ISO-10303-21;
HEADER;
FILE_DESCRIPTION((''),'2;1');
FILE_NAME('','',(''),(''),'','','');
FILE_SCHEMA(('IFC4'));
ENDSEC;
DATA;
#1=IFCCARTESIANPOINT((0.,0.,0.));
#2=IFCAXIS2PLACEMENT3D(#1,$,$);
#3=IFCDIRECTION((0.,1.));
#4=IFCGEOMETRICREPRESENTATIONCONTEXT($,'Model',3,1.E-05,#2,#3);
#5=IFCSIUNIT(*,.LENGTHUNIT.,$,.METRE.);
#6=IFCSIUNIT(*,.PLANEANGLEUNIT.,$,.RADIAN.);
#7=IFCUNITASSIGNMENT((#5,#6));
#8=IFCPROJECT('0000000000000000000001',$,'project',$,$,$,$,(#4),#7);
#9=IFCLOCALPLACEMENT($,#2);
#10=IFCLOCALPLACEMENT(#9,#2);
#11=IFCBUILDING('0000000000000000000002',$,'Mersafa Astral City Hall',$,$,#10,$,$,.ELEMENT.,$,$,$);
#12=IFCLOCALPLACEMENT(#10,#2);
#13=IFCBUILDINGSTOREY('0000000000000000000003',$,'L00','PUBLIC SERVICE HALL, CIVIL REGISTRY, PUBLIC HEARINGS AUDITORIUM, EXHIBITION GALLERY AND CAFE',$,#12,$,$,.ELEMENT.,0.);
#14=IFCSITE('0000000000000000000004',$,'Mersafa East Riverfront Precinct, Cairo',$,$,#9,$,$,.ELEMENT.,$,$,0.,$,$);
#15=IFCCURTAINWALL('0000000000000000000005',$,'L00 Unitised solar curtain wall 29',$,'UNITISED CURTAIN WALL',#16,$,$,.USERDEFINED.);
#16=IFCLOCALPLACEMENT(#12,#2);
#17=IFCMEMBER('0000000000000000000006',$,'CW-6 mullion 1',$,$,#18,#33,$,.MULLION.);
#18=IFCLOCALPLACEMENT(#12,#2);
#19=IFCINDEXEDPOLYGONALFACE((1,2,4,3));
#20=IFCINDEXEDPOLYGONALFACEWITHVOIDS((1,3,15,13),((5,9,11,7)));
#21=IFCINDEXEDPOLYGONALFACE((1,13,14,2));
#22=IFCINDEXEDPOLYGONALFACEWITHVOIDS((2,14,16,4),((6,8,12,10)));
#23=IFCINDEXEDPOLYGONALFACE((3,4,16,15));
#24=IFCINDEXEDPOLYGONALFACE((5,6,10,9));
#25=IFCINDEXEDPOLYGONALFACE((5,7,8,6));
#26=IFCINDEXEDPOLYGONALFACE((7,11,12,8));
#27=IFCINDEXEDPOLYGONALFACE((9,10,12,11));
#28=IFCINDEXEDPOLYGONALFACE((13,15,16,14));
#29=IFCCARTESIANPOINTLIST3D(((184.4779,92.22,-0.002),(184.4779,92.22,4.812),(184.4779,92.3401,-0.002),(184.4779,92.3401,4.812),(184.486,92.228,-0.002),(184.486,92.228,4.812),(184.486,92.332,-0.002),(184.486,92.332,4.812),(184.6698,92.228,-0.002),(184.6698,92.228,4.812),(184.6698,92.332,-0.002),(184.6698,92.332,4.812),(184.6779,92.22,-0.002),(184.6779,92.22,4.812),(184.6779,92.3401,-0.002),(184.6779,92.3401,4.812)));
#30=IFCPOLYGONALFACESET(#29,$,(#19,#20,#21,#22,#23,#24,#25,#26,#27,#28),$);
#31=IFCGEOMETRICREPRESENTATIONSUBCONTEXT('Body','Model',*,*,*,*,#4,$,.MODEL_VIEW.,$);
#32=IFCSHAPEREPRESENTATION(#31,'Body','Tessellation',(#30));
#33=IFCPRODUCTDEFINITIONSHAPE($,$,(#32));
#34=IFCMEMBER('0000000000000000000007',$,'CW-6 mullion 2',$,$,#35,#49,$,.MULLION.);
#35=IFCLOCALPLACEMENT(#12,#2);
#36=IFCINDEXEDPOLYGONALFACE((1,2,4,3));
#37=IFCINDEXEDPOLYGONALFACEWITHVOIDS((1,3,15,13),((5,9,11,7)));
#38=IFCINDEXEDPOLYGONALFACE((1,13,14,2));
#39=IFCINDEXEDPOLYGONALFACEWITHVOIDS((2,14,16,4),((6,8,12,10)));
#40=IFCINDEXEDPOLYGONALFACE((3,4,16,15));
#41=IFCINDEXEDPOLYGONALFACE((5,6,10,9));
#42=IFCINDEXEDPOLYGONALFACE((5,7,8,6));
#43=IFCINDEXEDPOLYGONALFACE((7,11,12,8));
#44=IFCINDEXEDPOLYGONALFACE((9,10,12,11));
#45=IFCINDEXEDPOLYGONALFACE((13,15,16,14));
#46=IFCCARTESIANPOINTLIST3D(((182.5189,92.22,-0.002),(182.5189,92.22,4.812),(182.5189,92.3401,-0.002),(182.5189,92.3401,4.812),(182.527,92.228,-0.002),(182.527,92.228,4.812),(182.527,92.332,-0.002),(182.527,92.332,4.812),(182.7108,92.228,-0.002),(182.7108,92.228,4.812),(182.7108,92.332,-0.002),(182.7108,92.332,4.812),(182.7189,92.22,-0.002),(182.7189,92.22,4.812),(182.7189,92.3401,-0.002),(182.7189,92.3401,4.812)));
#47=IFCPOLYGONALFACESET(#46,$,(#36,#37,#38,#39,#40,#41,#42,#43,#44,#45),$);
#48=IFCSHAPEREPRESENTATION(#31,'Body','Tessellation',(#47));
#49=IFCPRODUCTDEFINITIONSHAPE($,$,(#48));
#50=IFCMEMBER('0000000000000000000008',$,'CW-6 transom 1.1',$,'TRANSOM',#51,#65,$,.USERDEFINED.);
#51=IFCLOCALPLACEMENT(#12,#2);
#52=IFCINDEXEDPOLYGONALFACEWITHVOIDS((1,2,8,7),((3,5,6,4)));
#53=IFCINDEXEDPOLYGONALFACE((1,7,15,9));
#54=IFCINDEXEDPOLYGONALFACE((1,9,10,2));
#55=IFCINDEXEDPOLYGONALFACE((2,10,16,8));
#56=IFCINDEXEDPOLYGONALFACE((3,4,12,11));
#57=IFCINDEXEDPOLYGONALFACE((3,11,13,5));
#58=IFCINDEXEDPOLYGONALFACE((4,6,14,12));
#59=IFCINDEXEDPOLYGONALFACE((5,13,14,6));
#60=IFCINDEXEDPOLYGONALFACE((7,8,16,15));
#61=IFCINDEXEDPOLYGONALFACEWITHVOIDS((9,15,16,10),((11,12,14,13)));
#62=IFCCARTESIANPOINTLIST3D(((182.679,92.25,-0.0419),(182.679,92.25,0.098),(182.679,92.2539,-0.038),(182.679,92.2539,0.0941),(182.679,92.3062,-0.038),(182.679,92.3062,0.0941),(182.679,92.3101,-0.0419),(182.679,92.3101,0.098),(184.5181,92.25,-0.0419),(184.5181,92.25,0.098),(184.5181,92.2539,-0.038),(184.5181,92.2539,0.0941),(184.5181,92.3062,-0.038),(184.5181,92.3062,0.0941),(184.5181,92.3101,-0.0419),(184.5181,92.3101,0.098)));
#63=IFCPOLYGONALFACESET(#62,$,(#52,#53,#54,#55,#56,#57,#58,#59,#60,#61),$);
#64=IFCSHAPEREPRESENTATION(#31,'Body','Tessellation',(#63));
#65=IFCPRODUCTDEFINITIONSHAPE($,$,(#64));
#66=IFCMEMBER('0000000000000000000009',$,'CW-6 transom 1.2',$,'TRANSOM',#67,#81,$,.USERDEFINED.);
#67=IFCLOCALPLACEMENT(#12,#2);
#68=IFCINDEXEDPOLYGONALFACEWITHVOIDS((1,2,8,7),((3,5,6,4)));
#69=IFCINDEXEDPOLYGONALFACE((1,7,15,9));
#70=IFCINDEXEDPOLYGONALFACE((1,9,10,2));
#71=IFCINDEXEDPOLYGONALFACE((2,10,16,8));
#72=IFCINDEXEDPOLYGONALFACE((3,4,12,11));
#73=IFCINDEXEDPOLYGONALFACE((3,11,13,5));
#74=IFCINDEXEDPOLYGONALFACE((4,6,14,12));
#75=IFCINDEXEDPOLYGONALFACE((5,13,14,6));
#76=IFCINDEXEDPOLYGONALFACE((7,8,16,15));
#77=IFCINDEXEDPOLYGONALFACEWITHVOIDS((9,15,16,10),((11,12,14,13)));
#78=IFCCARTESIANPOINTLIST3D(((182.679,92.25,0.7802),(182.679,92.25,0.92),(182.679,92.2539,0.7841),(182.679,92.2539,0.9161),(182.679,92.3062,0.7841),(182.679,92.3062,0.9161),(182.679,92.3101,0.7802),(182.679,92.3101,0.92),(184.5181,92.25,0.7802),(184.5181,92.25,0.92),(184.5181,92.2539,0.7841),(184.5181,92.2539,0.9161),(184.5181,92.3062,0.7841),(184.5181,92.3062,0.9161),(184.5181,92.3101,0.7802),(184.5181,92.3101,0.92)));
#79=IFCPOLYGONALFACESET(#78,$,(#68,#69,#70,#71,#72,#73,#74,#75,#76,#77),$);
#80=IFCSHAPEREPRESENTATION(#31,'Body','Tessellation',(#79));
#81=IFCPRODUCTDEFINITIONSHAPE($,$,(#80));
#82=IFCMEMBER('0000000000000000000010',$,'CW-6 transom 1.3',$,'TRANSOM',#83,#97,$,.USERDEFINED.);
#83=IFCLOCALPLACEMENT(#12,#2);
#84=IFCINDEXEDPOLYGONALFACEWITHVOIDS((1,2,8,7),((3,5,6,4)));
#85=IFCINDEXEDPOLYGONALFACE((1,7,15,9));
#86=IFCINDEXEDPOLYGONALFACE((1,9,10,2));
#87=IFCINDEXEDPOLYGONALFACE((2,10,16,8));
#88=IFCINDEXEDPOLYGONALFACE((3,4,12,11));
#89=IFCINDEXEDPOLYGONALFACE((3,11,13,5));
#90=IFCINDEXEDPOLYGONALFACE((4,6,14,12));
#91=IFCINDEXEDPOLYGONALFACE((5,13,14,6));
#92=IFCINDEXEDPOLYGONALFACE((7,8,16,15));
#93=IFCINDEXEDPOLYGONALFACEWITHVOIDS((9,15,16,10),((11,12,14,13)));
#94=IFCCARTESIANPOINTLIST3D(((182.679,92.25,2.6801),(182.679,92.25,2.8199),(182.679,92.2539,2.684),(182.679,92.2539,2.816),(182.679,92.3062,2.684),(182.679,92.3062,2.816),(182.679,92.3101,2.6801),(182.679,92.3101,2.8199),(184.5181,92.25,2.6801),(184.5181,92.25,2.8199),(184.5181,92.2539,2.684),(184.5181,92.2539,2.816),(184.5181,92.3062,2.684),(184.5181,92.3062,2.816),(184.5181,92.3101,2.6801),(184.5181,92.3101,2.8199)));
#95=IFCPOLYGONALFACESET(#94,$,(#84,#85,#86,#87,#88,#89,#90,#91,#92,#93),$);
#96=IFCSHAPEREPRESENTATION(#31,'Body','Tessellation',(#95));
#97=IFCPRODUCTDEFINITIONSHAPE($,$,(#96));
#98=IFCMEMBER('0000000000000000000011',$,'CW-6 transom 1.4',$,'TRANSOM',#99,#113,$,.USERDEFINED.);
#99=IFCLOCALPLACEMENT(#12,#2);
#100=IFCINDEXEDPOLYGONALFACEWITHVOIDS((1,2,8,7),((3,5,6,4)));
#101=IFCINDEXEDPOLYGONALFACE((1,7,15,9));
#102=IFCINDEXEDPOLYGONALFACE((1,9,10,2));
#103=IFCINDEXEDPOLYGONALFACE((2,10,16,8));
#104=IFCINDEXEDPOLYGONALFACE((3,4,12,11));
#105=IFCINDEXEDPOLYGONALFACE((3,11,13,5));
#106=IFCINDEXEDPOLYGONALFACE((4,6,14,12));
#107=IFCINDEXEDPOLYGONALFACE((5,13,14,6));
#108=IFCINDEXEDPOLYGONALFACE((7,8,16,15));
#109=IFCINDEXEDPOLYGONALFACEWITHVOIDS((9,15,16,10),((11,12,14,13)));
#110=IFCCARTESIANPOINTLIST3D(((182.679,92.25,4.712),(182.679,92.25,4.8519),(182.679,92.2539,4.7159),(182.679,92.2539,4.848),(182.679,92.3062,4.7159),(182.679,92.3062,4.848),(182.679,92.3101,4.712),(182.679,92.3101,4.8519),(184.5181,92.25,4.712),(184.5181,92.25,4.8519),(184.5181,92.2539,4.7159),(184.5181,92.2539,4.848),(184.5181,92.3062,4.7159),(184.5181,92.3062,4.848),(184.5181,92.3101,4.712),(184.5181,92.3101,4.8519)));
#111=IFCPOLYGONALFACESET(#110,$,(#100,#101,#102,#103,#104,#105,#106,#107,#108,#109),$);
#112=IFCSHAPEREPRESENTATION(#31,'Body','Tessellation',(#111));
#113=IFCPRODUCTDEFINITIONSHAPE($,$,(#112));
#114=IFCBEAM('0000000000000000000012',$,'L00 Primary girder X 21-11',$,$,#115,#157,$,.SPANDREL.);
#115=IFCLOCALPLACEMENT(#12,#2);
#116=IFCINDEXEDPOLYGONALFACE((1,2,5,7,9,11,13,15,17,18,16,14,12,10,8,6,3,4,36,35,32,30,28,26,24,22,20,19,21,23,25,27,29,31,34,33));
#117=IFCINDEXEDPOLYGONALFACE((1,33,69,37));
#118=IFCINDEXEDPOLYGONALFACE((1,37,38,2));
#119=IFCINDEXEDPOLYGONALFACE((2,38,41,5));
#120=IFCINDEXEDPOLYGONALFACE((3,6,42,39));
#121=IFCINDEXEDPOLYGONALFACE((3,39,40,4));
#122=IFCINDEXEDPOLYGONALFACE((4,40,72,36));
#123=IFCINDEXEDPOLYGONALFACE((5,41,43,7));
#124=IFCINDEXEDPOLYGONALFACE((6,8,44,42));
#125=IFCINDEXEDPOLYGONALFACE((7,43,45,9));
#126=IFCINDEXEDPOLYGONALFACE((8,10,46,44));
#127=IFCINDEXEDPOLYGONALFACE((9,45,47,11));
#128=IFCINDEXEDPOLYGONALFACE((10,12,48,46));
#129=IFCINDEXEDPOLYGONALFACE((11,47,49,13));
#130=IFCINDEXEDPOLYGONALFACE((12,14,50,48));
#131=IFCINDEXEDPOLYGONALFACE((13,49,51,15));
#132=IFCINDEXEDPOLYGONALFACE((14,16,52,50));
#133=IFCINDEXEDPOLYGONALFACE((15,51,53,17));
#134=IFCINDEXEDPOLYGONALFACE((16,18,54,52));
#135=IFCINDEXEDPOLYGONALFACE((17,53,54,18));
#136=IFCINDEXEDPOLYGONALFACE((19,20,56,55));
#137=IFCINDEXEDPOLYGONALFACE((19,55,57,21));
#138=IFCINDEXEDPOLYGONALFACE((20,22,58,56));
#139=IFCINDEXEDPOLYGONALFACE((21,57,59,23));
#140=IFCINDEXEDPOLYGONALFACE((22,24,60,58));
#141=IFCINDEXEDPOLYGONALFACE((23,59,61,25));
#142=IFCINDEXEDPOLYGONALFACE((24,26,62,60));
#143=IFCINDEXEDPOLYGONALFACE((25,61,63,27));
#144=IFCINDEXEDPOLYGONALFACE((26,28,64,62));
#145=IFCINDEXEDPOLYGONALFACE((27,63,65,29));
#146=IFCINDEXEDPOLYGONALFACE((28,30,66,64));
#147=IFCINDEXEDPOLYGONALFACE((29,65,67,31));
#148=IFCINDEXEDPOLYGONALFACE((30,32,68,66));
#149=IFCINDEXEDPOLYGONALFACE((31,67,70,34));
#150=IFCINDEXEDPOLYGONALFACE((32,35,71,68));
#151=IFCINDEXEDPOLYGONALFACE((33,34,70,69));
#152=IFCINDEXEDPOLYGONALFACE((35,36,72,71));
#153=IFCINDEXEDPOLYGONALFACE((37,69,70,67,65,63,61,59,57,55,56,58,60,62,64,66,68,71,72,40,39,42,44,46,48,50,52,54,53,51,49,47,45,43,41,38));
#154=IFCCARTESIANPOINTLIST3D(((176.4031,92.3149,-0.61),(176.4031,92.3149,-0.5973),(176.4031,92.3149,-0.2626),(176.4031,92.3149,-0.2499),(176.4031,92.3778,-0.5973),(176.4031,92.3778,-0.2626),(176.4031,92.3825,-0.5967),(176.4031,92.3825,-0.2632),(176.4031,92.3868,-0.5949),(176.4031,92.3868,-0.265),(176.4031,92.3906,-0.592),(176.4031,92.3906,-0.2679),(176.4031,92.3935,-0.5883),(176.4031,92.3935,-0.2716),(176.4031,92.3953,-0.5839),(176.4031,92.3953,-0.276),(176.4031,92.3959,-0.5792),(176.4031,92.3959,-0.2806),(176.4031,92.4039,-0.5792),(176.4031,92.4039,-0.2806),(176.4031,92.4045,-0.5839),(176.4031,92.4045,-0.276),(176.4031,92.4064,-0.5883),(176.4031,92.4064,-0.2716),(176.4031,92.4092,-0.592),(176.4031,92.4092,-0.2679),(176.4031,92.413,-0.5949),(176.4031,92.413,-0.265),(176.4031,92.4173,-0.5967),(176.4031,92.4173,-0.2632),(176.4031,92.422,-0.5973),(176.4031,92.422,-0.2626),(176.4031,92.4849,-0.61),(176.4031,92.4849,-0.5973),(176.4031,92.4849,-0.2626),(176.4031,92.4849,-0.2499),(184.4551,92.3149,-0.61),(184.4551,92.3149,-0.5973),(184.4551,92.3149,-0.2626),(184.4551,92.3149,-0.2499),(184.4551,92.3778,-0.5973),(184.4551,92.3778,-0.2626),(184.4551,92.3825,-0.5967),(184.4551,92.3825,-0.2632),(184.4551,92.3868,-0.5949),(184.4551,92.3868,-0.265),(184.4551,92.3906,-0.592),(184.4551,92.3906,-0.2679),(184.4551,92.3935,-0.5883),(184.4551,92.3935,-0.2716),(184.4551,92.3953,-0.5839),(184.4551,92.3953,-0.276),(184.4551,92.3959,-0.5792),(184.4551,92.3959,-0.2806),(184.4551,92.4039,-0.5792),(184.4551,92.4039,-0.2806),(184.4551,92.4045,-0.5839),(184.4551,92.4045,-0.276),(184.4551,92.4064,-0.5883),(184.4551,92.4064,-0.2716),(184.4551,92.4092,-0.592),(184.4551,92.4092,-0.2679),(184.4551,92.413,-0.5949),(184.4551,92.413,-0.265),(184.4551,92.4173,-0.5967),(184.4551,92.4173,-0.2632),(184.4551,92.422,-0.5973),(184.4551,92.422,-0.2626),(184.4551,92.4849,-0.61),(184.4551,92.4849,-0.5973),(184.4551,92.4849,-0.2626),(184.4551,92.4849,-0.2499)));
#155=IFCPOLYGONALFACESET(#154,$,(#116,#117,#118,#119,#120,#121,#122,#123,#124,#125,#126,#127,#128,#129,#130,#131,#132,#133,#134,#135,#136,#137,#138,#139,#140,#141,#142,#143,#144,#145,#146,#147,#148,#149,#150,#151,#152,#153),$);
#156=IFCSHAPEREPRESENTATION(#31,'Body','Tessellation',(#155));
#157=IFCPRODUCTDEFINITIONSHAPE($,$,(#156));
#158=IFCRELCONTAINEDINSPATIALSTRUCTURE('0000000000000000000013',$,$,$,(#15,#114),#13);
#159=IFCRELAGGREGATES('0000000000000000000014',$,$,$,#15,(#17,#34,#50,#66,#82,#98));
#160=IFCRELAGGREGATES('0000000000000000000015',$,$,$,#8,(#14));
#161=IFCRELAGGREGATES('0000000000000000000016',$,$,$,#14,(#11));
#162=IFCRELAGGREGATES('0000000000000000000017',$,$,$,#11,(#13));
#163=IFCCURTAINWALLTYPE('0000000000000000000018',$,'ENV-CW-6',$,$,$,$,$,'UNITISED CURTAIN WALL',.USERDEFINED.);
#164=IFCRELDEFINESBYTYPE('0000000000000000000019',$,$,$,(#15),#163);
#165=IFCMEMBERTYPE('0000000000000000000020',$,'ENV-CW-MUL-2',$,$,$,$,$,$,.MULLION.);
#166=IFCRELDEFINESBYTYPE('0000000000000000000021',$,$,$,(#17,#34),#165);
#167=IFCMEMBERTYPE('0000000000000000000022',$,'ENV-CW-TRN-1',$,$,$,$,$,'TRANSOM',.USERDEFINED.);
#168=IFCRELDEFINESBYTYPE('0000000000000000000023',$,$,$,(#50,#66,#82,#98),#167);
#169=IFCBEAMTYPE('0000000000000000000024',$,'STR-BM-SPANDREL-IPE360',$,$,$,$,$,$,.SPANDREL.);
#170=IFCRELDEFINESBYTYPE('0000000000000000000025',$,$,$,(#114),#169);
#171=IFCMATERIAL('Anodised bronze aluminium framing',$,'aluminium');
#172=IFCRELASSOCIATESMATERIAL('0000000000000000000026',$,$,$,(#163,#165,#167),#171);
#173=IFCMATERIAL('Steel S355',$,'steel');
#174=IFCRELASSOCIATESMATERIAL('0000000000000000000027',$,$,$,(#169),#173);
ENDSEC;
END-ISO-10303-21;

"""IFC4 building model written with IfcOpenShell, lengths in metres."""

from ifc_helpers import new_model, si_unit, direction, frame, origin, origin_2d, place, context, subcontext, project, spatial, hollow_rectangle, i_section, extrude, material, material_profile, profile_set, type_object, element, aggregate, save


model = new_model("IFC4")

# Units and contexts
model_context = context("Model", 3, precision=1e-05, world=origin(), true_north=direction((0.0, 1.0)))
body_context = subcontext(model_context, "Body", "Model", "MODEL_VIEW")
ifc_project = project(units=[si_unit("LENGTHUNIT", "METRE"), si_unit("PLANEANGLEUNIT", "RADIAN")], contexts=[model_context])

# Site, building, storey
site_placement = place(None, origin())
site = spatial("IfcSite", under=ifc_project, at=site_placement, Name="Mersafa East Riverfront Precinct, Cairo", CompositionType="ELEMENT", RefElevation=0.0)
building_placement = place(site_placement, origin())
building = spatial("IfcBuilding", under=site, at=building_placement, Name="Mersafa Astral City Hall", CompositionType="ELEMENT")
storey_placement = place(building_placement, origin())
storey = spatial("IfcBuildingStorey", under=building, at=storey_placement, Name="L00", Description="PUBLIC SERVICE HALL, CIVIL REGISTRY, PUBLIC HEARINGS AUDITORIUM, EXHIBITION GALLERY AND CAFE", CompositionType="ELEMENT", Elevation=0.0)

# Shared definitions
ifc_material_1 = material(Name="Steel S355", Category="steel")

# Curtain wall, members
ifc_material_2 = material(Name="Anodised bronze aluminium framing", Category="aluminium")
curtain_wall_type = type_object("IfcCurtainWallType", Name="ENV-CW-6", ElementType="UNITISED CURTAIN WALL", PredefinedType="USERDEFINED", material=ifc_material_2)
curtain_wall_placement = place(storey_placement, origin())
curtain_wall = element("IfcCurtainWall", 1, at=curtain_wall_placement, inside=storey, type_object=curtain_wall_type, Name="L00 Unitised solar curtain wall 29", ObjectType="UNITISED CURTAIN WALL", PredefinedType="USERDEFINED")
ifc_material_profile_1 = material_profile(ifc_material_2, hollow_rectangle(XDim=0.1201, YDim=0.2, WallThickness=0.0081, at=origin_2d()), Name="RHS 120x200x8")
ifc_profile_set_1 = profile_set([ifc_material_profile_1], Name="Anodised bronze aluminium framing")
member_type_1 = type_object("IfcMemberType", Name="ENV-CW-MUL-2", PredefinedType="MULLION", material=ifc_profile_set_1)
member_1_placement = place(storey_placement, frame((184.5779, 92.28, -0.002), z_axis=(0.0, 0.0, 1.0), x_axis=(0.0, -1.0, 0.0)))
member_1 = element("IfcMember", 2, at=member_1_placement, type_object=member_type_1, Name="CW-6 mullion 1", PredefinedType="MULLION", context=body_context, shape_type="SweptSolid", body=[
    extrude(hollow_rectangle(XDim=0.1201, YDim=0.2, WallThickness=0.0081, at=origin_2d()), origin(), (0.0, 0.0, 1.0), 4.814),
])
member_2_placement = place(storey_placement, frame((182.6189, 92.28, -0.002), z_axis=(0.0, 0.0, 1.0), x_axis=(0.0, -1.0, 0.0)))
member_2 = element("IfcMember", 3, at=member_2_placement, type_object=member_type_1, Name="CW-6 mullion 2", PredefinedType="MULLION", context=body_context, shape_type="SweptSolid", body=[
    extrude(hollow_rectangle(XDim=0.1201, YDim=0.2, WallThickness=0.0081, at=origin_2d()), origin(), (0.0, 0.0, 1.0), 4.814),
])
ifc_material_profile_2 = material_profile(ifc_material_2, hollow_rectangle(XDim=0.0601, YDim=0.1399, WallThickness=0.0039, at=origin_2d()), Name="RHS 60x140x4")
ifc_profile_set_2 = profile_set([ifc_material_profile_2], Name="Anodised bronze aluminium framing")
member_type_2 = type_object("IfcMemberType", Name="ENV-CW-TRN-1", ElementType="TRANSOM", PredefinedType="USERDEFINED", material=ifc_profile_set_2)
member_3_placement = place(storey_placement, frame((184.5181, 92.28, 0.0281), z_axis=(-1.0, 0.0, 0.0), x_axis=(0.0, -1.0, 0.0)))
member_3 = element("IfcMember", 4, at=member_3_placement, type_object=member_type_2, Name="CW-6 transom 1.1", ObjectType="TRANSOM", PredefinedType="USERDEFINED", context=body_context, shape_type="SweptSolid", body=[
    extrude(hollow_rectangle(XDim=0.0601, YDim=0.1399, WallThickness=0.0039, at=origin_2d()), origin(), (0.0, 0.0, 1.0), 1.8391),
])
member_4_placement = place(storey_placement, frame((184.5181, 92.28, 0.8501), z_axis=(-1.0, 0.0, 0.0), x_axis=(0.0, -1.0, 0.0)))
member_4 = element("IfcMember", 5, at=member_4_placement, type_object=member_type_2, Name="CW-6 transom 1.2", ObjectType="TRANSOM", PredefinedType="USERDEFINED", context=body_context, shape_type="SweptSolid", body=[
    extrude(hollow_rectangle(XDim=0.0601, YDim=0.1399, WallThickness=0.0039, at=origin_2d()), origin(), (0.0, 0.0, 1.0), 1.8391),
])
member_5_placement = place(storey_placement, frame((184.5181, 92.28, 2.75), z_axis=(-1.0, 0.0, 0.0), x_axis=(0.0, -1.0, 0.0)))
member_5 = element("IfcMember", 6, at=member_5_placement, type_object=member_type_2, Name="CW-6 transom 1.3", ObjectType="TRANSOM", PredefinedType="USERDEFINED", context=body_context, shape_type="SweptSolid", body=[
    extrude(hollow_rectangle(XDim=0.0601, YDim=0.1399, WallThickness=0.0039, at=origin_2d()), origin(), (0.0, 0.0, 1.0), 1.8391),
])
member_6_placement = place(storey_placement, frame((184.5181, 92.28, 4.782), z_axis=(-1.0, 0.0, 0.0), x_axis=(0.0, -1.0, 0.0)))
member_6 = element("IfcMember", 7, at=member_6_placement, type_object=member_type_2, Name="CW-6 transom 1.4", ObjectType="TRANSOM", PredefinedType="USERDEFINED", context=body_context, shape_type="SweptSolid", body=[
    extrude(hollow_rectangle(XDim=0.0601, YDim=0.1399, WallThickness=0.0039, at=origin_2d()), origin(), (0.0, 0.0, 1.0), 1.8391),
])

# Beam
ifc_material_profile_3 = material_profile(ifc_material_1, i_section(OverallWidth=0.1699, OverallDepth=0.3601, WebThickness=0.0081, FlangeThickness=0.0127, FilletRadius=0.0181, at=origin_2d()), Name="IPE 360")
ifc_profile_set_3 = profile_set([ifc_material_profile_3], Name="Steel S355")
beam_type = type_object("IfcBeamType", Name="STR-BM-SPANDREL-IPE360", PredefinedType="SPANDREL", material=ifc_profile_set_3)
beam_1_placement = place(storey_placement, frame((176.4031, 92.3999, -0.4299), z_axis=(1.0, 0.0, 0.0), x_axis=(0.0, 1.0, 0.0)))
element("IfcBeam", 8, at=beam_1_placement, inside=storey, type_object=beam_type, Name="L00 Primary girder X 21-11", PredefinedType="SPANDREL", context=body_context, shape_type="SweptSolid", body=[
    extrude(i_section(OverallWidth=0.1699, OverallDepth=0.3601, WebThickness=0.0081, FlangeThickness=0.0127, FilletRadius=0.0181, at=origin_2d()), origin(), (0.0, 0.0, 1.0), 8.052),
])

aggregate(curtain_wall, [member_1, member_2, member_3, member_4, member_5, member_6])

save(model, "model.ifc")
